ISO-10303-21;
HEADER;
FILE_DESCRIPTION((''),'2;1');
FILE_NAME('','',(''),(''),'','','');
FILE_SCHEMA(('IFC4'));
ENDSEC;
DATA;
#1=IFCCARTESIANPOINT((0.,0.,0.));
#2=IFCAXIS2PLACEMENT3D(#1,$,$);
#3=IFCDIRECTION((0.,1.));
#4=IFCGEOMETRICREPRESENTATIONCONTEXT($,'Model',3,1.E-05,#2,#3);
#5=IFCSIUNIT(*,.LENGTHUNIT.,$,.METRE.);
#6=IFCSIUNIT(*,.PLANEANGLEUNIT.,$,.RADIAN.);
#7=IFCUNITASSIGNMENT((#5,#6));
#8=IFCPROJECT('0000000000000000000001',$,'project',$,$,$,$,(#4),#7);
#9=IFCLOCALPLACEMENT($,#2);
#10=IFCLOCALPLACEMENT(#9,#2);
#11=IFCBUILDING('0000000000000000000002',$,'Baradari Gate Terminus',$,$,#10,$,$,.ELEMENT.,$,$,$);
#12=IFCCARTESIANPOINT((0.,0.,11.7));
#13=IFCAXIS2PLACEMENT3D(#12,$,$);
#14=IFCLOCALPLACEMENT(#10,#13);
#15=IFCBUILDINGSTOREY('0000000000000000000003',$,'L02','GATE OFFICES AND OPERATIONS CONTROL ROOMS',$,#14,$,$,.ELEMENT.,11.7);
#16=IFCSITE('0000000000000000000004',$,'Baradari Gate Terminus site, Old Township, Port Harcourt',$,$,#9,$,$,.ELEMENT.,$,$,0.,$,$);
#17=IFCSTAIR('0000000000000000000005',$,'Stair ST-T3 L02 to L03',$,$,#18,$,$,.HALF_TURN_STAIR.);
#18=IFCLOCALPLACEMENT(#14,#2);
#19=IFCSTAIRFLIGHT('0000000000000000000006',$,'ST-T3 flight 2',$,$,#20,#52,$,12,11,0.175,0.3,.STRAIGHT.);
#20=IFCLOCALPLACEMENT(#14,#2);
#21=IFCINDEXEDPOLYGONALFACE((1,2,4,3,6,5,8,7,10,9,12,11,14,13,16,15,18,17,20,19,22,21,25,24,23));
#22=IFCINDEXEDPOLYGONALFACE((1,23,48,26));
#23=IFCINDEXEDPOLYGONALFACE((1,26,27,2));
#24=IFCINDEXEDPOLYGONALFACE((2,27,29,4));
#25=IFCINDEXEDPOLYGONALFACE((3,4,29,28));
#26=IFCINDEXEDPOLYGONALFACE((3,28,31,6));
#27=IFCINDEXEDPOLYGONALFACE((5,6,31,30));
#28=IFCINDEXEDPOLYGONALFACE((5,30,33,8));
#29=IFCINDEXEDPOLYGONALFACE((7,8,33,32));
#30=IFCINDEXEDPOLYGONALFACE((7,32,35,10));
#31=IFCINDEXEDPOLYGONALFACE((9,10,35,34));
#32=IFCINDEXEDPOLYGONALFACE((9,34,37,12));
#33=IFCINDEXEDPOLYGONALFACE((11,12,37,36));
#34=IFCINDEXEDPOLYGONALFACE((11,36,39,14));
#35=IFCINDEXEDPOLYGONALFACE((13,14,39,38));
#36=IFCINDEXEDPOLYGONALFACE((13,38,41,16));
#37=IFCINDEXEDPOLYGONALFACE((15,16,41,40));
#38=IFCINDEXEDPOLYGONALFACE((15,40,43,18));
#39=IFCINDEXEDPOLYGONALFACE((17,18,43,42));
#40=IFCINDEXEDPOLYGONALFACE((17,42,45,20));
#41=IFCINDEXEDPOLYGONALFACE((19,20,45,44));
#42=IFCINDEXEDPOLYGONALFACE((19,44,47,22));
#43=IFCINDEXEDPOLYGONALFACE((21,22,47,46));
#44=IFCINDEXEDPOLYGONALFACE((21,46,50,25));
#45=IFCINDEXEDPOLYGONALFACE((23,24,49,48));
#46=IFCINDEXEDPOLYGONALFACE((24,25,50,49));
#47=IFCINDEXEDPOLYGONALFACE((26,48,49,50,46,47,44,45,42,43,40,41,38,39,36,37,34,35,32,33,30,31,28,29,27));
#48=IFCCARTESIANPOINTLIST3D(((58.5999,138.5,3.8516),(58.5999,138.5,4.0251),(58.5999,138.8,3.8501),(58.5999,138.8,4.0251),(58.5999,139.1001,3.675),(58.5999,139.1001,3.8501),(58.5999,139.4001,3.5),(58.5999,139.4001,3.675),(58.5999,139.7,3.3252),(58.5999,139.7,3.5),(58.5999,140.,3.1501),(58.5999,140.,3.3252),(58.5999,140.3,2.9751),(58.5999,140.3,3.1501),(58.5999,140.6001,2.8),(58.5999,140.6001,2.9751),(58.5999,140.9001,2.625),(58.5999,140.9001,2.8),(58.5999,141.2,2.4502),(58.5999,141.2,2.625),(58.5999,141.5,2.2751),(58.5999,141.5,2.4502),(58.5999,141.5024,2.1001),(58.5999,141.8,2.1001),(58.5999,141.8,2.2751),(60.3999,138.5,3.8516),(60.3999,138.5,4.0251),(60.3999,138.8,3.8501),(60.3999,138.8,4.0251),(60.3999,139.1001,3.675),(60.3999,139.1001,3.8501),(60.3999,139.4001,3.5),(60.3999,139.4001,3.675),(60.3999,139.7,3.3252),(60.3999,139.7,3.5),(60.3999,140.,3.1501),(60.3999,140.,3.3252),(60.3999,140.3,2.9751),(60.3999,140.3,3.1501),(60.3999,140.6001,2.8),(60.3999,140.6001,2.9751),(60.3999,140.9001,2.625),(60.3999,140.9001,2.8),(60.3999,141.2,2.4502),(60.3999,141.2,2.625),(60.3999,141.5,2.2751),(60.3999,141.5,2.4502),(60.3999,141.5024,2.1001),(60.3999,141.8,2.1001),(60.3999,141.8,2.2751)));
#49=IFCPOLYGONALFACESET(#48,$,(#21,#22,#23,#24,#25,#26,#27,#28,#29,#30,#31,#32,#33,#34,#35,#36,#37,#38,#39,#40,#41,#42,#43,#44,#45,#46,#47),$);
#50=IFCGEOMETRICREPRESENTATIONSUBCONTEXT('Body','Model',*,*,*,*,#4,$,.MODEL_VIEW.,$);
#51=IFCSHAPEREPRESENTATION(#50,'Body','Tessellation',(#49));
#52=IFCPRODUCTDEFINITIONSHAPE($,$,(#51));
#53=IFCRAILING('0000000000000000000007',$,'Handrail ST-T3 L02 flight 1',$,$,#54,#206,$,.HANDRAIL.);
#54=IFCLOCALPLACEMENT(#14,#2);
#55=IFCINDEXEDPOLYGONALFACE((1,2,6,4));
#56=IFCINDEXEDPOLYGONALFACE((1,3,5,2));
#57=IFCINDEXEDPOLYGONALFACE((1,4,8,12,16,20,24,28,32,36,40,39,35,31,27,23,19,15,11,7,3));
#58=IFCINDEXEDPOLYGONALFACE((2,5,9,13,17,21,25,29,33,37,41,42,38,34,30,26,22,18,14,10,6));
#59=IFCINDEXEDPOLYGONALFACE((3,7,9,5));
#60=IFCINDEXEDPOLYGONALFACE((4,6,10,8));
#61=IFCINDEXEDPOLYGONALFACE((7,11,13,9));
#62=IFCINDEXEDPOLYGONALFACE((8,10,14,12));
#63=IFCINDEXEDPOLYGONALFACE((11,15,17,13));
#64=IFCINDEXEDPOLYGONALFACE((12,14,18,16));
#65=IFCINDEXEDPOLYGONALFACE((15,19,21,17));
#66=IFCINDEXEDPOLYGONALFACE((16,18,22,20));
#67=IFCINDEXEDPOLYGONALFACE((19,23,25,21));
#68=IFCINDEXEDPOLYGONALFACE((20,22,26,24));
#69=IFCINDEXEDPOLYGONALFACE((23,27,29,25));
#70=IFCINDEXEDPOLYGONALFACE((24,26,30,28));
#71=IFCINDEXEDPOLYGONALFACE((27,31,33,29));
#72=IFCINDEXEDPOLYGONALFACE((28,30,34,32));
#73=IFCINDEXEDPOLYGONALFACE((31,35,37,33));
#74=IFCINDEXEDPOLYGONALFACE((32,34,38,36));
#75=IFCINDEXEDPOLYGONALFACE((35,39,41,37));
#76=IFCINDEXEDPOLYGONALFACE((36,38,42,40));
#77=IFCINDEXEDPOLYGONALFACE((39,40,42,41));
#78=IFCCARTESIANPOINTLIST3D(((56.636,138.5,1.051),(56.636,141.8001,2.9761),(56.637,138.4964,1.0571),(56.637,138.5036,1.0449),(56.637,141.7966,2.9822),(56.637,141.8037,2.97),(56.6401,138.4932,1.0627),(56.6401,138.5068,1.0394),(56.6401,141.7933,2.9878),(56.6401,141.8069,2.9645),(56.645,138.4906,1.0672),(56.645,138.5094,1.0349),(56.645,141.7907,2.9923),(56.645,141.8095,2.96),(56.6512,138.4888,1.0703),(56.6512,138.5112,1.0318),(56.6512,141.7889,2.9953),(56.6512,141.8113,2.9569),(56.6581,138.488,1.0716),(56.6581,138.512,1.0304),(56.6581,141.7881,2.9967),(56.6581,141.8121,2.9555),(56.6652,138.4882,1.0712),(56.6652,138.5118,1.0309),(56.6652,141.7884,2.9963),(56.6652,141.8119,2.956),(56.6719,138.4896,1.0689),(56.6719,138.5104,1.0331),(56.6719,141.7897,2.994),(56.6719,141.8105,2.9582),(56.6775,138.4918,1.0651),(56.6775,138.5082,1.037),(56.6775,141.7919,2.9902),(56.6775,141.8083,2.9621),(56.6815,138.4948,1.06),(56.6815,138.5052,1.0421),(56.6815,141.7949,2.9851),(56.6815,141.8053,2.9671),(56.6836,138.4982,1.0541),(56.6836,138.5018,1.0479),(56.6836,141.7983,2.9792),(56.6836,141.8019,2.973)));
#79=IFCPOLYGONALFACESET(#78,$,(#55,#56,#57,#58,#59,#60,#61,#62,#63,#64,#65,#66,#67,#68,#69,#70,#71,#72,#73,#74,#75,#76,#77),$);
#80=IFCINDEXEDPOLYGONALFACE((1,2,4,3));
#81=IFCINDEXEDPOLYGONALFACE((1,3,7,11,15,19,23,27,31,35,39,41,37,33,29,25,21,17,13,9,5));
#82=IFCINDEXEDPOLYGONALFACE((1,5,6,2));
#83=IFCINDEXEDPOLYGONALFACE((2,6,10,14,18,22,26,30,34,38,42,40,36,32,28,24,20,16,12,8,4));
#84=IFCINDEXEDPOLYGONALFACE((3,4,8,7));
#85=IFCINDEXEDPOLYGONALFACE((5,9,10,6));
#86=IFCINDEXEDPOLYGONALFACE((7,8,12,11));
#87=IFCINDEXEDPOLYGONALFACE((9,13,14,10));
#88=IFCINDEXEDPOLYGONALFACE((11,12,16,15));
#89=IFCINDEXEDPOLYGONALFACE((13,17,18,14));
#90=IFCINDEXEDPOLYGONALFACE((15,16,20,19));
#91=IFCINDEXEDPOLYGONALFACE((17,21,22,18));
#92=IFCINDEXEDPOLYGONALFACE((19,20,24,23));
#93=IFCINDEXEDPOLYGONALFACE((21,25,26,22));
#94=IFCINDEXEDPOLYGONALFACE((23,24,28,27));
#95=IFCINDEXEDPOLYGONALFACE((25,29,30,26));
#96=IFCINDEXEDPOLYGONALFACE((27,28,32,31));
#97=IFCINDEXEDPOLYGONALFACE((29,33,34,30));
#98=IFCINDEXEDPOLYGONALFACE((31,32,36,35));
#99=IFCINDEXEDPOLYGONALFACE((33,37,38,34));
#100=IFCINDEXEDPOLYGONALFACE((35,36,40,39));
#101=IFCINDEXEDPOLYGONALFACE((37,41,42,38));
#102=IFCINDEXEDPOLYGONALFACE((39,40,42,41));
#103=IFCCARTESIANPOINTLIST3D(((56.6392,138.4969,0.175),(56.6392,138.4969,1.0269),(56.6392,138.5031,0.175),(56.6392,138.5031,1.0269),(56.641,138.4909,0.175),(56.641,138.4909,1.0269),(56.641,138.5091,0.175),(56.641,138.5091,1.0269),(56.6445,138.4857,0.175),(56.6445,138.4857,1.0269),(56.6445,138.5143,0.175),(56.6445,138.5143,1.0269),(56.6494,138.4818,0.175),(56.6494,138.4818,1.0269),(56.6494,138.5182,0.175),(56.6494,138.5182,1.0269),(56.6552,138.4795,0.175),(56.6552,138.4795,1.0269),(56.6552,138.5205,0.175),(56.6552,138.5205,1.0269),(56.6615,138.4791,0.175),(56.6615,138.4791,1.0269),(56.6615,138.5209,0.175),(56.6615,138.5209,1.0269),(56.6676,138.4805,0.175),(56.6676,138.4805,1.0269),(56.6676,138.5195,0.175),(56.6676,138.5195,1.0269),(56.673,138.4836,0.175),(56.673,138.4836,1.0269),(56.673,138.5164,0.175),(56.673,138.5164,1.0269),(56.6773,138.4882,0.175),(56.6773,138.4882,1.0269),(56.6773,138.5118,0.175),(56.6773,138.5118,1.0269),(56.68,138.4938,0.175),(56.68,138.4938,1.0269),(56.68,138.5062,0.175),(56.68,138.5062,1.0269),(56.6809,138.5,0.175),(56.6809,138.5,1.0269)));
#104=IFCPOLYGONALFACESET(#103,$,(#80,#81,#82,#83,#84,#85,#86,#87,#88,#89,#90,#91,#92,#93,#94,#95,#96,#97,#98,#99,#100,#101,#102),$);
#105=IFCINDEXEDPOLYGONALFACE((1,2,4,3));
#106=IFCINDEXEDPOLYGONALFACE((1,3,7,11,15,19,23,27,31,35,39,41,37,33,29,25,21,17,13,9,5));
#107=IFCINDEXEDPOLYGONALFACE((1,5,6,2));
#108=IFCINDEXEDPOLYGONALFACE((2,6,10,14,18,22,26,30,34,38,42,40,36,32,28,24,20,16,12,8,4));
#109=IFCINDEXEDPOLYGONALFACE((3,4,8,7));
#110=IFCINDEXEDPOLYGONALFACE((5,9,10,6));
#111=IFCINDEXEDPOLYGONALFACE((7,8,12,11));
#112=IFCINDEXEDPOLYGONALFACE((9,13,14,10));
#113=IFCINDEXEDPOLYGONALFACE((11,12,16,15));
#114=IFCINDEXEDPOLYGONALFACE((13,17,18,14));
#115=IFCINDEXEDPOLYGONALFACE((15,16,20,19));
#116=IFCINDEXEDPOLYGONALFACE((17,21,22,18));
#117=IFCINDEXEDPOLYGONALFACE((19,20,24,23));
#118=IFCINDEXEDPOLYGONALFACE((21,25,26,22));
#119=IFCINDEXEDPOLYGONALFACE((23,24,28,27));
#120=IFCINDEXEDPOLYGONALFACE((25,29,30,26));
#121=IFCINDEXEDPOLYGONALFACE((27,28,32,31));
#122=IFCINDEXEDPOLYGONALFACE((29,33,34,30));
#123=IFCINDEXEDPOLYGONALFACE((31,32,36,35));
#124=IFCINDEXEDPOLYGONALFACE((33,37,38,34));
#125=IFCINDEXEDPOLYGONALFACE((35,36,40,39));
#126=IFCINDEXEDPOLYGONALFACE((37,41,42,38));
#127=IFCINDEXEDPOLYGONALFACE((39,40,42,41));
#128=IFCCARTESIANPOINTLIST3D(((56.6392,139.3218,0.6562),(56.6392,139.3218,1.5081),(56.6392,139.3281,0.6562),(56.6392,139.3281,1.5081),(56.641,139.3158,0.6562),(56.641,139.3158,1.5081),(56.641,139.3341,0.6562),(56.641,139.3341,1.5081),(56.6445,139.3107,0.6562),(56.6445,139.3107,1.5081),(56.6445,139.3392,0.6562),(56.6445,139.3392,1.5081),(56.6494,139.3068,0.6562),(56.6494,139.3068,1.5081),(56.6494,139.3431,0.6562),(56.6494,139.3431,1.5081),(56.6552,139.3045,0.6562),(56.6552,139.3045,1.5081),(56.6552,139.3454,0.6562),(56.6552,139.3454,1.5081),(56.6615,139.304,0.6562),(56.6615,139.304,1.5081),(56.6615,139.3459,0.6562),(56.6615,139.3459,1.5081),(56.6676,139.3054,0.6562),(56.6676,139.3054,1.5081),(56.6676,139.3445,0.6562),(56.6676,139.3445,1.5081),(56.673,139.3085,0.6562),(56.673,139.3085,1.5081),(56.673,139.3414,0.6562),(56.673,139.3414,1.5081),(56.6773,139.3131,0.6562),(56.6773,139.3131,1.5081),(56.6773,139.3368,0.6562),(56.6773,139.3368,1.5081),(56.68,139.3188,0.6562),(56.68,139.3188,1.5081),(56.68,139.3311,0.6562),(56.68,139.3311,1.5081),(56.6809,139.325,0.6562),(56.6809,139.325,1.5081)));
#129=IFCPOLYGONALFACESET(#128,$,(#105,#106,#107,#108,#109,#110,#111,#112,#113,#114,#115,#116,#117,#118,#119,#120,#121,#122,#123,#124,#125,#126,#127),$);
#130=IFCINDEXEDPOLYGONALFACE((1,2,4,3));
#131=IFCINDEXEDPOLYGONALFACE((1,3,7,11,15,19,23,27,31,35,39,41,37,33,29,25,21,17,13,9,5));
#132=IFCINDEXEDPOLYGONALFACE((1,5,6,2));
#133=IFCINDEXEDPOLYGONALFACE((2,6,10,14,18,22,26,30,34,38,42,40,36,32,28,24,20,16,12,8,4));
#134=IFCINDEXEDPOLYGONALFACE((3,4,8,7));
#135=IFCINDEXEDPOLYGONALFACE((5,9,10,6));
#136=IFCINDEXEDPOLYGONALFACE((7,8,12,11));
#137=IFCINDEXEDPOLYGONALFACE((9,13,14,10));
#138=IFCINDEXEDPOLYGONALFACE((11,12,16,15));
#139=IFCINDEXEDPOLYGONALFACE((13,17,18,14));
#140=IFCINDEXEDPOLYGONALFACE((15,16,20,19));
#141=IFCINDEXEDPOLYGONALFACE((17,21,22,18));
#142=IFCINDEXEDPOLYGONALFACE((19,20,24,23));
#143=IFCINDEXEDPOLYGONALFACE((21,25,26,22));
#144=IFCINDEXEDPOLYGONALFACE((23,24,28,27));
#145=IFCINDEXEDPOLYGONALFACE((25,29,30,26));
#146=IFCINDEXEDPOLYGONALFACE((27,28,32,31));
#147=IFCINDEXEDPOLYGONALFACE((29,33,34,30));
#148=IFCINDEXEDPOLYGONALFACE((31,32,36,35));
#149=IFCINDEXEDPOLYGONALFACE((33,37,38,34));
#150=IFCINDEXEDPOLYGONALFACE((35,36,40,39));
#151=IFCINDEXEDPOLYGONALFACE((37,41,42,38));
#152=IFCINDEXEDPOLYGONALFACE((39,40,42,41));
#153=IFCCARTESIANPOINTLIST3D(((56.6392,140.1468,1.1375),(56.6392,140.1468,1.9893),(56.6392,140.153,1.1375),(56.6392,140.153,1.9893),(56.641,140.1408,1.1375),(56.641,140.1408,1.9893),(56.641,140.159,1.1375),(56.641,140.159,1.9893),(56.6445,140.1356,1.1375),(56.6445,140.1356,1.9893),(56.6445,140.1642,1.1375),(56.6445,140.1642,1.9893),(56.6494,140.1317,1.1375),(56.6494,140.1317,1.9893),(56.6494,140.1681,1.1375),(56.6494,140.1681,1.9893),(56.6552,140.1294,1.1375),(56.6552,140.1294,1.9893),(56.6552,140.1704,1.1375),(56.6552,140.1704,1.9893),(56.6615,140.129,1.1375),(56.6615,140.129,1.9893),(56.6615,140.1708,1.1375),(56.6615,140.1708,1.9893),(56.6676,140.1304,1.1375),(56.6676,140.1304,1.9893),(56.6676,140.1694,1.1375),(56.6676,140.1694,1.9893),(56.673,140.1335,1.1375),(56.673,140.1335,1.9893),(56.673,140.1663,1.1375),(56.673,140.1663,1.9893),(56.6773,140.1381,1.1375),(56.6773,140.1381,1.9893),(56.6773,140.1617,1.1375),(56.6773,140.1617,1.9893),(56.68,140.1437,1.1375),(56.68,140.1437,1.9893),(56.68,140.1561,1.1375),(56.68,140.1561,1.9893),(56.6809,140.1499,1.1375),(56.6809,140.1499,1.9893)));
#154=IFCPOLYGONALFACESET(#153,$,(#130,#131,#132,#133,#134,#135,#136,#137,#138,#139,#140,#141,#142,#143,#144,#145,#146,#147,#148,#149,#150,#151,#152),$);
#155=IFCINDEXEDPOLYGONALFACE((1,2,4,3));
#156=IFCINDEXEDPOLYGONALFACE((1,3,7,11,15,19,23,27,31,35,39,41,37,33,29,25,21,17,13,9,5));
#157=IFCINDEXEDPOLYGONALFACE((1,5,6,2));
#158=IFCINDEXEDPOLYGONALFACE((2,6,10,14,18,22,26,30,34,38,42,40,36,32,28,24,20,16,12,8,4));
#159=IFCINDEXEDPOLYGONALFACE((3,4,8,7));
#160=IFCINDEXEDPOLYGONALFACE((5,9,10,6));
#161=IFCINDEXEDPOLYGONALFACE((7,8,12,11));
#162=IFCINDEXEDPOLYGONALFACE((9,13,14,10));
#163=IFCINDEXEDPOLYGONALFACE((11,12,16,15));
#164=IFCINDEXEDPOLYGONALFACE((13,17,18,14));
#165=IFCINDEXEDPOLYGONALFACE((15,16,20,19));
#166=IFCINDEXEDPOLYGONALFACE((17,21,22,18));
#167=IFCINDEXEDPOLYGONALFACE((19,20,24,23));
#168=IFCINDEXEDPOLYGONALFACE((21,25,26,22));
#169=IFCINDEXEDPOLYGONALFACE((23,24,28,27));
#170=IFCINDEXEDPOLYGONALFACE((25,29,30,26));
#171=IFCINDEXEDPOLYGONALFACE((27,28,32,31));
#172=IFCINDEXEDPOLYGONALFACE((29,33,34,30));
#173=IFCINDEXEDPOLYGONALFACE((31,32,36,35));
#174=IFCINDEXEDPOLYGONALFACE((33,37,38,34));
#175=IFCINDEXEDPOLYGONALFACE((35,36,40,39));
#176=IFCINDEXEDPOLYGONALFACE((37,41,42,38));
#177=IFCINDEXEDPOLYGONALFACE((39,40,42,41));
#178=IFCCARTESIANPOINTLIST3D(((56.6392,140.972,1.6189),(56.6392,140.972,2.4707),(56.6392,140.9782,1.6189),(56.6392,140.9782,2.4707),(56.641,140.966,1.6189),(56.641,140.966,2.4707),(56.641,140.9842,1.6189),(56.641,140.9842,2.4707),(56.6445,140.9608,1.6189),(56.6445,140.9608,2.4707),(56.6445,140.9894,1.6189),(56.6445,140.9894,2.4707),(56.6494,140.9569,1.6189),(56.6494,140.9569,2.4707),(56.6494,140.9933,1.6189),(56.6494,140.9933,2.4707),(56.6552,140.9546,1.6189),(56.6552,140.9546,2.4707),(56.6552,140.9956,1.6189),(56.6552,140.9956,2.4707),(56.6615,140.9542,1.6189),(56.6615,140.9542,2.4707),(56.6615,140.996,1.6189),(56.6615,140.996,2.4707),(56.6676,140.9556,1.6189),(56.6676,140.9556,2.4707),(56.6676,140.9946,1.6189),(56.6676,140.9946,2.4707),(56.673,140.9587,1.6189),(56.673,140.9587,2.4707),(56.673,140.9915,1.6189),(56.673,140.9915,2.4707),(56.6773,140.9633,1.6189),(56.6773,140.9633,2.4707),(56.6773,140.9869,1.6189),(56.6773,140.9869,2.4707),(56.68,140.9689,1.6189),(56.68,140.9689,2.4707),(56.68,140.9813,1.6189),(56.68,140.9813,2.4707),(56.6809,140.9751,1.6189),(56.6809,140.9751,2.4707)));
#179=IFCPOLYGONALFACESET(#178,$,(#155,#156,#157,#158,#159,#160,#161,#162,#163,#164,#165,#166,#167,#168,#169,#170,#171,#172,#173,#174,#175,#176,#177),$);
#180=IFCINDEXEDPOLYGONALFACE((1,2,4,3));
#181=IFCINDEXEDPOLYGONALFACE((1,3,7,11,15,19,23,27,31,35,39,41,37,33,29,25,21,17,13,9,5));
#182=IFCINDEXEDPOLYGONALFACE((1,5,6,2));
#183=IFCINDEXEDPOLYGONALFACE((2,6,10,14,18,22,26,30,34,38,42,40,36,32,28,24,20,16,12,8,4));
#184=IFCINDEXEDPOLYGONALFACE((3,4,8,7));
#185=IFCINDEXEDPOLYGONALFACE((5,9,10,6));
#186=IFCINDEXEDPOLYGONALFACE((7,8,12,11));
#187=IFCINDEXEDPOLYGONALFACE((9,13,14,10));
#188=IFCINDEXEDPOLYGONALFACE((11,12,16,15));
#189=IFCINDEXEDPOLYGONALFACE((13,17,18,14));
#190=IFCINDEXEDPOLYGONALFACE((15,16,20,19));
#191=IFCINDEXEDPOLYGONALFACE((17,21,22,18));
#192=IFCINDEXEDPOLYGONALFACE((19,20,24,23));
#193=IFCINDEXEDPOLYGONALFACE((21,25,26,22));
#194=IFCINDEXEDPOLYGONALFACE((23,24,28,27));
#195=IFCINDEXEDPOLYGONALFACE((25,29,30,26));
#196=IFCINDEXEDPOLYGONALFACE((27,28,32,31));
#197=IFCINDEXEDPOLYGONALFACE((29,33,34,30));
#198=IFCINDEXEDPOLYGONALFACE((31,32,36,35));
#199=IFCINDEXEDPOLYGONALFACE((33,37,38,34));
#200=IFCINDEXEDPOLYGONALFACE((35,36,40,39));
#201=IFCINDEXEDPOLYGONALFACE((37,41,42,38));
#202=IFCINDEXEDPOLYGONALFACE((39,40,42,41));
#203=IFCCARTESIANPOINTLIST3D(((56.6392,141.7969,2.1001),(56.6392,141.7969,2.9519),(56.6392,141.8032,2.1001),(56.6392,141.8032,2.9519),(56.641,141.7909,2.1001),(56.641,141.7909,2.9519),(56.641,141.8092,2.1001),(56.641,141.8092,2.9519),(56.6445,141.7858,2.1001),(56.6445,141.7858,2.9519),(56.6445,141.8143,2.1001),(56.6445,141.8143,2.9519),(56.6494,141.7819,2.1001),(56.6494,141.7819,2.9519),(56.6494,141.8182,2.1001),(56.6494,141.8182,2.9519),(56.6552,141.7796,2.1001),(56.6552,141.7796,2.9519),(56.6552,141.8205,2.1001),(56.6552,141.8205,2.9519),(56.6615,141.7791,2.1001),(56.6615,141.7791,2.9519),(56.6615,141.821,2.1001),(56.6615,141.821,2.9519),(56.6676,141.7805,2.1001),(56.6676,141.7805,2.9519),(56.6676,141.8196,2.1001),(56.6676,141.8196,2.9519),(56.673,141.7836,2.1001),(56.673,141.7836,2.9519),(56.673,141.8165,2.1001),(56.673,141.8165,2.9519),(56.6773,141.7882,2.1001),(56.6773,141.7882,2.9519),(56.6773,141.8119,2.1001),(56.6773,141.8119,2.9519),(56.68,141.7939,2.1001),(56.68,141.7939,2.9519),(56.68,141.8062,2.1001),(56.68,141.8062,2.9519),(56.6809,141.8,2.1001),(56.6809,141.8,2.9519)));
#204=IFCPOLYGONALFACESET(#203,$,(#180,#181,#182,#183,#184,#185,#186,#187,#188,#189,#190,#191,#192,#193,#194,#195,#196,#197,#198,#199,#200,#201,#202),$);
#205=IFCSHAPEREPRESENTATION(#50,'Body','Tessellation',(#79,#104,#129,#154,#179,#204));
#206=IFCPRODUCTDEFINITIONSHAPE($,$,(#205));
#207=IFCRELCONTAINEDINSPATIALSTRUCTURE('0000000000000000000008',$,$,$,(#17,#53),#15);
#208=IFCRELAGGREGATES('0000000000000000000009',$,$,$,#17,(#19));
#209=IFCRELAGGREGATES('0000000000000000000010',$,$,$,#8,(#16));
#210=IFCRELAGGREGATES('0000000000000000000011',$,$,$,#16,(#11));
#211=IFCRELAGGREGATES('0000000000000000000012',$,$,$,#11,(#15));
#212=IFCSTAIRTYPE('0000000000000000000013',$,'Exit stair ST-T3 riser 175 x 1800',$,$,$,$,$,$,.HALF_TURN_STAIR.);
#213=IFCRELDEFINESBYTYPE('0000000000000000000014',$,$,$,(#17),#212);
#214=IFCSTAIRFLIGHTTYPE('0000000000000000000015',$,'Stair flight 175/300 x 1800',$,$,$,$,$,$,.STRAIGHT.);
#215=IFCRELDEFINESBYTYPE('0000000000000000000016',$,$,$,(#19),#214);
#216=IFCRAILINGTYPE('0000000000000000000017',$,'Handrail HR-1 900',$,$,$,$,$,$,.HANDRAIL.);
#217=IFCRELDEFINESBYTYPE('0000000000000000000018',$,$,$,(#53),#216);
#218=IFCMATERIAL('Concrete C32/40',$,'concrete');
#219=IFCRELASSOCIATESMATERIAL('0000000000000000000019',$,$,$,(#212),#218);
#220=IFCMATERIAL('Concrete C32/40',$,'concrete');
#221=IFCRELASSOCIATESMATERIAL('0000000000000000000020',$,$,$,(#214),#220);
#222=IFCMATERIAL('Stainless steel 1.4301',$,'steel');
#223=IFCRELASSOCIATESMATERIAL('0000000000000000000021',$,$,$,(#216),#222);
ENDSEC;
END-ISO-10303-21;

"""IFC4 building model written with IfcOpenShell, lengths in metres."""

from ifc_helpers import new_model, si_unit, direction, frame, origin, origin_2d, place, context, subcontext, project, spatial, polyline, circle, outline, extrude, material, type_object, element, aggregate, save


model = new_model("IFC4")

# Units and contexts
model_context = context("Model", 3, precision=1e-05, world=origin(), true_north=direction((0.0, 1.0)))
body_context = subcontext(model_context, "Body", "Model", "MODEL_VIEW")
ifc_project = project(units=[si_unit("LENGTHUNIT", "METRE"), si_unit("PLANEANGLEUNIT", "RADIAN")], contexts=[model_context])

# Site, building, storey
site_placement = place(None, origin())
site = spatial("IfcSite", under=ifc_project, at=site_placement, Name="Baradari Gate Terminus site, Old Township, Port Harcourt", CompositionType="ELEMENT", RefElevation=0.0)
building_placement = place(site_placement, origin())
building = spatial("IfcBuilding", under=site, at=building_placement, Name="Baradari Gate Terminus", CompositionType="ELEMENT")
storey_placement = place(building_placement, frame((0.0, 0.0, 11.7)))
storey = spatial("IfcBuildingStorey", under=building, at=storey_placement, Name="L02", Description="GATE OFFICES AND OPERATIONS CONTROL ROOMS", CompositionType="ELEMENT", Elevation=11.7)

# Stair, stair flight
ifc_material_1 = material(Name="Concrete C32/40", Category="concrete")
stair_type = type_object("IfcStairType", Name="Exit stair ST-T3 riser 175 x 1800", PredefinedType="HALF_TURN_STAIR", material=ifc_material_1)
stair_placement = place(storey_placement, origin())
stair = element("IfcStair", 1, at=stair_placement, inside=storey, type_object=stair_type, Name="Stair ST-T3 L02 to L03", PredefinedType="HALF_TURN_STAIR")
ifc_material_2 = material(Name="Concrete C32/40", Category="concrete")
stair_flight_type = type_object("IfcStairFlightType", Name="Stair flight 175/300 x 1800", PredefinedType="STRAIGHT", material=ifc_material_2)
stair_flight_1_placement = place(storey_placement, frame((59.5, 141.8, 2.1001), z_axis=(0.0, 0.0, 1.0), x_axis=(0.0, -1.0, 0.0)))
stair_flight_1 = element("IfcStairFlight", 2, at=stair_flight_1_placement, type_object=stair_flight_type, Name="ST-T3 flight 2", NumberOfRisers=12, NumberOfTreads=11, PredefinedType="STRAIGHT", RiserHeight=0.175, TreadLength=0.3, context=body_context, shape_type="SweptSolid", body=[
    extrude(outline(polyline([(0.0, 0.0), (0.0, 0.175), (0.3, 0.175), (0.3, 0.3501), (0.6001, 0.3501), (0.6001, 0.5249), (0.8999, 0.5249), (0.8999, 0.7), (1.2, 0.7), (1.2, 0.875), (1.5, 0.875), (1.5, 1.05), (1.8, 1.05), (1.8, 1.2251), (2.1001, 1.2251), (2.1001, 1.3999), (2.3999, 1.3999), (2.3999, 1.575), (2.7, 1.575), (2.7, 1.75), (3.0, 1.75), (3.0, 1.925), (3.3, 1.925), (3.3, 2.1001), (3.3, 1.7515), (0.2976, 0.0), (0.0, 0.0)])), frame((0.0, 0.8999, 0.0), z_axis=(0.0, -1.0, 0.0), x_axis=(1.0, 0.0, 0.0)), (0.0, 0.0, 1.0), 1.8),
])
aggregate(stair, [stair_flight_1])

# Railing
ifc_material_3 = material(Name="Stainless steel 1.4301", Category="steel")
railing_type = type_object("IfcRailingType", Name="Handrail HR-1 900", PredefinedType="HANDRAIL", material=ifc_material_3)
for number, where, name in (
    (3, (56.6599, 138.5, 0.175), "Handrail ST-T3 L02 flight 1"),
):
    element("IfcRailing", number, at=place(storey_placement, frame(where)), inside=storey, type_object=railing_type, Name=name, PredefinedType="HANDRAIL", context=body_context, shape_type="SweptSolid", body=[
        extrude(circle(Radius=0.0239, at=origin_2d()), frame((0.0, 0.0, 0.876), z_axis=(0.0, 0.863777, 0.503875), x_axis=(-1.0, 0.0, 0.0)), (0.0, 0.0, 1.0), 3.8206),
        extrude(circle(Radius=0.021, at=origin_2d()), origin(), (0.0, 0.0, 1.0), 0.8518),
        extrude(circle(Radius=0.021, at=origin_2d()), frame((0.0, 0.825, 0.4812)), (0.0, 0.0, 1.0), 0.8518),
        extrude(circle(Radius=0.021, at=origin_2d()), frame((0.0, 1.6499, 0.9624)), (0.0, 0.0, 1.0), 0.8518),
        extrude(circle(Radius=0.021, at=origin_2d()), frame((0.0, 2.4751, 1.4438)), (0.0, 0.0, 1.0), 0.8518),
        extrude(circle(Radius=0.021, at=origin_2d()), frame((0.0, 3.3, 1.925)), (0.0, 0.0, 1.0), 0.8518),
    ])

save(model, "model.ifc")
